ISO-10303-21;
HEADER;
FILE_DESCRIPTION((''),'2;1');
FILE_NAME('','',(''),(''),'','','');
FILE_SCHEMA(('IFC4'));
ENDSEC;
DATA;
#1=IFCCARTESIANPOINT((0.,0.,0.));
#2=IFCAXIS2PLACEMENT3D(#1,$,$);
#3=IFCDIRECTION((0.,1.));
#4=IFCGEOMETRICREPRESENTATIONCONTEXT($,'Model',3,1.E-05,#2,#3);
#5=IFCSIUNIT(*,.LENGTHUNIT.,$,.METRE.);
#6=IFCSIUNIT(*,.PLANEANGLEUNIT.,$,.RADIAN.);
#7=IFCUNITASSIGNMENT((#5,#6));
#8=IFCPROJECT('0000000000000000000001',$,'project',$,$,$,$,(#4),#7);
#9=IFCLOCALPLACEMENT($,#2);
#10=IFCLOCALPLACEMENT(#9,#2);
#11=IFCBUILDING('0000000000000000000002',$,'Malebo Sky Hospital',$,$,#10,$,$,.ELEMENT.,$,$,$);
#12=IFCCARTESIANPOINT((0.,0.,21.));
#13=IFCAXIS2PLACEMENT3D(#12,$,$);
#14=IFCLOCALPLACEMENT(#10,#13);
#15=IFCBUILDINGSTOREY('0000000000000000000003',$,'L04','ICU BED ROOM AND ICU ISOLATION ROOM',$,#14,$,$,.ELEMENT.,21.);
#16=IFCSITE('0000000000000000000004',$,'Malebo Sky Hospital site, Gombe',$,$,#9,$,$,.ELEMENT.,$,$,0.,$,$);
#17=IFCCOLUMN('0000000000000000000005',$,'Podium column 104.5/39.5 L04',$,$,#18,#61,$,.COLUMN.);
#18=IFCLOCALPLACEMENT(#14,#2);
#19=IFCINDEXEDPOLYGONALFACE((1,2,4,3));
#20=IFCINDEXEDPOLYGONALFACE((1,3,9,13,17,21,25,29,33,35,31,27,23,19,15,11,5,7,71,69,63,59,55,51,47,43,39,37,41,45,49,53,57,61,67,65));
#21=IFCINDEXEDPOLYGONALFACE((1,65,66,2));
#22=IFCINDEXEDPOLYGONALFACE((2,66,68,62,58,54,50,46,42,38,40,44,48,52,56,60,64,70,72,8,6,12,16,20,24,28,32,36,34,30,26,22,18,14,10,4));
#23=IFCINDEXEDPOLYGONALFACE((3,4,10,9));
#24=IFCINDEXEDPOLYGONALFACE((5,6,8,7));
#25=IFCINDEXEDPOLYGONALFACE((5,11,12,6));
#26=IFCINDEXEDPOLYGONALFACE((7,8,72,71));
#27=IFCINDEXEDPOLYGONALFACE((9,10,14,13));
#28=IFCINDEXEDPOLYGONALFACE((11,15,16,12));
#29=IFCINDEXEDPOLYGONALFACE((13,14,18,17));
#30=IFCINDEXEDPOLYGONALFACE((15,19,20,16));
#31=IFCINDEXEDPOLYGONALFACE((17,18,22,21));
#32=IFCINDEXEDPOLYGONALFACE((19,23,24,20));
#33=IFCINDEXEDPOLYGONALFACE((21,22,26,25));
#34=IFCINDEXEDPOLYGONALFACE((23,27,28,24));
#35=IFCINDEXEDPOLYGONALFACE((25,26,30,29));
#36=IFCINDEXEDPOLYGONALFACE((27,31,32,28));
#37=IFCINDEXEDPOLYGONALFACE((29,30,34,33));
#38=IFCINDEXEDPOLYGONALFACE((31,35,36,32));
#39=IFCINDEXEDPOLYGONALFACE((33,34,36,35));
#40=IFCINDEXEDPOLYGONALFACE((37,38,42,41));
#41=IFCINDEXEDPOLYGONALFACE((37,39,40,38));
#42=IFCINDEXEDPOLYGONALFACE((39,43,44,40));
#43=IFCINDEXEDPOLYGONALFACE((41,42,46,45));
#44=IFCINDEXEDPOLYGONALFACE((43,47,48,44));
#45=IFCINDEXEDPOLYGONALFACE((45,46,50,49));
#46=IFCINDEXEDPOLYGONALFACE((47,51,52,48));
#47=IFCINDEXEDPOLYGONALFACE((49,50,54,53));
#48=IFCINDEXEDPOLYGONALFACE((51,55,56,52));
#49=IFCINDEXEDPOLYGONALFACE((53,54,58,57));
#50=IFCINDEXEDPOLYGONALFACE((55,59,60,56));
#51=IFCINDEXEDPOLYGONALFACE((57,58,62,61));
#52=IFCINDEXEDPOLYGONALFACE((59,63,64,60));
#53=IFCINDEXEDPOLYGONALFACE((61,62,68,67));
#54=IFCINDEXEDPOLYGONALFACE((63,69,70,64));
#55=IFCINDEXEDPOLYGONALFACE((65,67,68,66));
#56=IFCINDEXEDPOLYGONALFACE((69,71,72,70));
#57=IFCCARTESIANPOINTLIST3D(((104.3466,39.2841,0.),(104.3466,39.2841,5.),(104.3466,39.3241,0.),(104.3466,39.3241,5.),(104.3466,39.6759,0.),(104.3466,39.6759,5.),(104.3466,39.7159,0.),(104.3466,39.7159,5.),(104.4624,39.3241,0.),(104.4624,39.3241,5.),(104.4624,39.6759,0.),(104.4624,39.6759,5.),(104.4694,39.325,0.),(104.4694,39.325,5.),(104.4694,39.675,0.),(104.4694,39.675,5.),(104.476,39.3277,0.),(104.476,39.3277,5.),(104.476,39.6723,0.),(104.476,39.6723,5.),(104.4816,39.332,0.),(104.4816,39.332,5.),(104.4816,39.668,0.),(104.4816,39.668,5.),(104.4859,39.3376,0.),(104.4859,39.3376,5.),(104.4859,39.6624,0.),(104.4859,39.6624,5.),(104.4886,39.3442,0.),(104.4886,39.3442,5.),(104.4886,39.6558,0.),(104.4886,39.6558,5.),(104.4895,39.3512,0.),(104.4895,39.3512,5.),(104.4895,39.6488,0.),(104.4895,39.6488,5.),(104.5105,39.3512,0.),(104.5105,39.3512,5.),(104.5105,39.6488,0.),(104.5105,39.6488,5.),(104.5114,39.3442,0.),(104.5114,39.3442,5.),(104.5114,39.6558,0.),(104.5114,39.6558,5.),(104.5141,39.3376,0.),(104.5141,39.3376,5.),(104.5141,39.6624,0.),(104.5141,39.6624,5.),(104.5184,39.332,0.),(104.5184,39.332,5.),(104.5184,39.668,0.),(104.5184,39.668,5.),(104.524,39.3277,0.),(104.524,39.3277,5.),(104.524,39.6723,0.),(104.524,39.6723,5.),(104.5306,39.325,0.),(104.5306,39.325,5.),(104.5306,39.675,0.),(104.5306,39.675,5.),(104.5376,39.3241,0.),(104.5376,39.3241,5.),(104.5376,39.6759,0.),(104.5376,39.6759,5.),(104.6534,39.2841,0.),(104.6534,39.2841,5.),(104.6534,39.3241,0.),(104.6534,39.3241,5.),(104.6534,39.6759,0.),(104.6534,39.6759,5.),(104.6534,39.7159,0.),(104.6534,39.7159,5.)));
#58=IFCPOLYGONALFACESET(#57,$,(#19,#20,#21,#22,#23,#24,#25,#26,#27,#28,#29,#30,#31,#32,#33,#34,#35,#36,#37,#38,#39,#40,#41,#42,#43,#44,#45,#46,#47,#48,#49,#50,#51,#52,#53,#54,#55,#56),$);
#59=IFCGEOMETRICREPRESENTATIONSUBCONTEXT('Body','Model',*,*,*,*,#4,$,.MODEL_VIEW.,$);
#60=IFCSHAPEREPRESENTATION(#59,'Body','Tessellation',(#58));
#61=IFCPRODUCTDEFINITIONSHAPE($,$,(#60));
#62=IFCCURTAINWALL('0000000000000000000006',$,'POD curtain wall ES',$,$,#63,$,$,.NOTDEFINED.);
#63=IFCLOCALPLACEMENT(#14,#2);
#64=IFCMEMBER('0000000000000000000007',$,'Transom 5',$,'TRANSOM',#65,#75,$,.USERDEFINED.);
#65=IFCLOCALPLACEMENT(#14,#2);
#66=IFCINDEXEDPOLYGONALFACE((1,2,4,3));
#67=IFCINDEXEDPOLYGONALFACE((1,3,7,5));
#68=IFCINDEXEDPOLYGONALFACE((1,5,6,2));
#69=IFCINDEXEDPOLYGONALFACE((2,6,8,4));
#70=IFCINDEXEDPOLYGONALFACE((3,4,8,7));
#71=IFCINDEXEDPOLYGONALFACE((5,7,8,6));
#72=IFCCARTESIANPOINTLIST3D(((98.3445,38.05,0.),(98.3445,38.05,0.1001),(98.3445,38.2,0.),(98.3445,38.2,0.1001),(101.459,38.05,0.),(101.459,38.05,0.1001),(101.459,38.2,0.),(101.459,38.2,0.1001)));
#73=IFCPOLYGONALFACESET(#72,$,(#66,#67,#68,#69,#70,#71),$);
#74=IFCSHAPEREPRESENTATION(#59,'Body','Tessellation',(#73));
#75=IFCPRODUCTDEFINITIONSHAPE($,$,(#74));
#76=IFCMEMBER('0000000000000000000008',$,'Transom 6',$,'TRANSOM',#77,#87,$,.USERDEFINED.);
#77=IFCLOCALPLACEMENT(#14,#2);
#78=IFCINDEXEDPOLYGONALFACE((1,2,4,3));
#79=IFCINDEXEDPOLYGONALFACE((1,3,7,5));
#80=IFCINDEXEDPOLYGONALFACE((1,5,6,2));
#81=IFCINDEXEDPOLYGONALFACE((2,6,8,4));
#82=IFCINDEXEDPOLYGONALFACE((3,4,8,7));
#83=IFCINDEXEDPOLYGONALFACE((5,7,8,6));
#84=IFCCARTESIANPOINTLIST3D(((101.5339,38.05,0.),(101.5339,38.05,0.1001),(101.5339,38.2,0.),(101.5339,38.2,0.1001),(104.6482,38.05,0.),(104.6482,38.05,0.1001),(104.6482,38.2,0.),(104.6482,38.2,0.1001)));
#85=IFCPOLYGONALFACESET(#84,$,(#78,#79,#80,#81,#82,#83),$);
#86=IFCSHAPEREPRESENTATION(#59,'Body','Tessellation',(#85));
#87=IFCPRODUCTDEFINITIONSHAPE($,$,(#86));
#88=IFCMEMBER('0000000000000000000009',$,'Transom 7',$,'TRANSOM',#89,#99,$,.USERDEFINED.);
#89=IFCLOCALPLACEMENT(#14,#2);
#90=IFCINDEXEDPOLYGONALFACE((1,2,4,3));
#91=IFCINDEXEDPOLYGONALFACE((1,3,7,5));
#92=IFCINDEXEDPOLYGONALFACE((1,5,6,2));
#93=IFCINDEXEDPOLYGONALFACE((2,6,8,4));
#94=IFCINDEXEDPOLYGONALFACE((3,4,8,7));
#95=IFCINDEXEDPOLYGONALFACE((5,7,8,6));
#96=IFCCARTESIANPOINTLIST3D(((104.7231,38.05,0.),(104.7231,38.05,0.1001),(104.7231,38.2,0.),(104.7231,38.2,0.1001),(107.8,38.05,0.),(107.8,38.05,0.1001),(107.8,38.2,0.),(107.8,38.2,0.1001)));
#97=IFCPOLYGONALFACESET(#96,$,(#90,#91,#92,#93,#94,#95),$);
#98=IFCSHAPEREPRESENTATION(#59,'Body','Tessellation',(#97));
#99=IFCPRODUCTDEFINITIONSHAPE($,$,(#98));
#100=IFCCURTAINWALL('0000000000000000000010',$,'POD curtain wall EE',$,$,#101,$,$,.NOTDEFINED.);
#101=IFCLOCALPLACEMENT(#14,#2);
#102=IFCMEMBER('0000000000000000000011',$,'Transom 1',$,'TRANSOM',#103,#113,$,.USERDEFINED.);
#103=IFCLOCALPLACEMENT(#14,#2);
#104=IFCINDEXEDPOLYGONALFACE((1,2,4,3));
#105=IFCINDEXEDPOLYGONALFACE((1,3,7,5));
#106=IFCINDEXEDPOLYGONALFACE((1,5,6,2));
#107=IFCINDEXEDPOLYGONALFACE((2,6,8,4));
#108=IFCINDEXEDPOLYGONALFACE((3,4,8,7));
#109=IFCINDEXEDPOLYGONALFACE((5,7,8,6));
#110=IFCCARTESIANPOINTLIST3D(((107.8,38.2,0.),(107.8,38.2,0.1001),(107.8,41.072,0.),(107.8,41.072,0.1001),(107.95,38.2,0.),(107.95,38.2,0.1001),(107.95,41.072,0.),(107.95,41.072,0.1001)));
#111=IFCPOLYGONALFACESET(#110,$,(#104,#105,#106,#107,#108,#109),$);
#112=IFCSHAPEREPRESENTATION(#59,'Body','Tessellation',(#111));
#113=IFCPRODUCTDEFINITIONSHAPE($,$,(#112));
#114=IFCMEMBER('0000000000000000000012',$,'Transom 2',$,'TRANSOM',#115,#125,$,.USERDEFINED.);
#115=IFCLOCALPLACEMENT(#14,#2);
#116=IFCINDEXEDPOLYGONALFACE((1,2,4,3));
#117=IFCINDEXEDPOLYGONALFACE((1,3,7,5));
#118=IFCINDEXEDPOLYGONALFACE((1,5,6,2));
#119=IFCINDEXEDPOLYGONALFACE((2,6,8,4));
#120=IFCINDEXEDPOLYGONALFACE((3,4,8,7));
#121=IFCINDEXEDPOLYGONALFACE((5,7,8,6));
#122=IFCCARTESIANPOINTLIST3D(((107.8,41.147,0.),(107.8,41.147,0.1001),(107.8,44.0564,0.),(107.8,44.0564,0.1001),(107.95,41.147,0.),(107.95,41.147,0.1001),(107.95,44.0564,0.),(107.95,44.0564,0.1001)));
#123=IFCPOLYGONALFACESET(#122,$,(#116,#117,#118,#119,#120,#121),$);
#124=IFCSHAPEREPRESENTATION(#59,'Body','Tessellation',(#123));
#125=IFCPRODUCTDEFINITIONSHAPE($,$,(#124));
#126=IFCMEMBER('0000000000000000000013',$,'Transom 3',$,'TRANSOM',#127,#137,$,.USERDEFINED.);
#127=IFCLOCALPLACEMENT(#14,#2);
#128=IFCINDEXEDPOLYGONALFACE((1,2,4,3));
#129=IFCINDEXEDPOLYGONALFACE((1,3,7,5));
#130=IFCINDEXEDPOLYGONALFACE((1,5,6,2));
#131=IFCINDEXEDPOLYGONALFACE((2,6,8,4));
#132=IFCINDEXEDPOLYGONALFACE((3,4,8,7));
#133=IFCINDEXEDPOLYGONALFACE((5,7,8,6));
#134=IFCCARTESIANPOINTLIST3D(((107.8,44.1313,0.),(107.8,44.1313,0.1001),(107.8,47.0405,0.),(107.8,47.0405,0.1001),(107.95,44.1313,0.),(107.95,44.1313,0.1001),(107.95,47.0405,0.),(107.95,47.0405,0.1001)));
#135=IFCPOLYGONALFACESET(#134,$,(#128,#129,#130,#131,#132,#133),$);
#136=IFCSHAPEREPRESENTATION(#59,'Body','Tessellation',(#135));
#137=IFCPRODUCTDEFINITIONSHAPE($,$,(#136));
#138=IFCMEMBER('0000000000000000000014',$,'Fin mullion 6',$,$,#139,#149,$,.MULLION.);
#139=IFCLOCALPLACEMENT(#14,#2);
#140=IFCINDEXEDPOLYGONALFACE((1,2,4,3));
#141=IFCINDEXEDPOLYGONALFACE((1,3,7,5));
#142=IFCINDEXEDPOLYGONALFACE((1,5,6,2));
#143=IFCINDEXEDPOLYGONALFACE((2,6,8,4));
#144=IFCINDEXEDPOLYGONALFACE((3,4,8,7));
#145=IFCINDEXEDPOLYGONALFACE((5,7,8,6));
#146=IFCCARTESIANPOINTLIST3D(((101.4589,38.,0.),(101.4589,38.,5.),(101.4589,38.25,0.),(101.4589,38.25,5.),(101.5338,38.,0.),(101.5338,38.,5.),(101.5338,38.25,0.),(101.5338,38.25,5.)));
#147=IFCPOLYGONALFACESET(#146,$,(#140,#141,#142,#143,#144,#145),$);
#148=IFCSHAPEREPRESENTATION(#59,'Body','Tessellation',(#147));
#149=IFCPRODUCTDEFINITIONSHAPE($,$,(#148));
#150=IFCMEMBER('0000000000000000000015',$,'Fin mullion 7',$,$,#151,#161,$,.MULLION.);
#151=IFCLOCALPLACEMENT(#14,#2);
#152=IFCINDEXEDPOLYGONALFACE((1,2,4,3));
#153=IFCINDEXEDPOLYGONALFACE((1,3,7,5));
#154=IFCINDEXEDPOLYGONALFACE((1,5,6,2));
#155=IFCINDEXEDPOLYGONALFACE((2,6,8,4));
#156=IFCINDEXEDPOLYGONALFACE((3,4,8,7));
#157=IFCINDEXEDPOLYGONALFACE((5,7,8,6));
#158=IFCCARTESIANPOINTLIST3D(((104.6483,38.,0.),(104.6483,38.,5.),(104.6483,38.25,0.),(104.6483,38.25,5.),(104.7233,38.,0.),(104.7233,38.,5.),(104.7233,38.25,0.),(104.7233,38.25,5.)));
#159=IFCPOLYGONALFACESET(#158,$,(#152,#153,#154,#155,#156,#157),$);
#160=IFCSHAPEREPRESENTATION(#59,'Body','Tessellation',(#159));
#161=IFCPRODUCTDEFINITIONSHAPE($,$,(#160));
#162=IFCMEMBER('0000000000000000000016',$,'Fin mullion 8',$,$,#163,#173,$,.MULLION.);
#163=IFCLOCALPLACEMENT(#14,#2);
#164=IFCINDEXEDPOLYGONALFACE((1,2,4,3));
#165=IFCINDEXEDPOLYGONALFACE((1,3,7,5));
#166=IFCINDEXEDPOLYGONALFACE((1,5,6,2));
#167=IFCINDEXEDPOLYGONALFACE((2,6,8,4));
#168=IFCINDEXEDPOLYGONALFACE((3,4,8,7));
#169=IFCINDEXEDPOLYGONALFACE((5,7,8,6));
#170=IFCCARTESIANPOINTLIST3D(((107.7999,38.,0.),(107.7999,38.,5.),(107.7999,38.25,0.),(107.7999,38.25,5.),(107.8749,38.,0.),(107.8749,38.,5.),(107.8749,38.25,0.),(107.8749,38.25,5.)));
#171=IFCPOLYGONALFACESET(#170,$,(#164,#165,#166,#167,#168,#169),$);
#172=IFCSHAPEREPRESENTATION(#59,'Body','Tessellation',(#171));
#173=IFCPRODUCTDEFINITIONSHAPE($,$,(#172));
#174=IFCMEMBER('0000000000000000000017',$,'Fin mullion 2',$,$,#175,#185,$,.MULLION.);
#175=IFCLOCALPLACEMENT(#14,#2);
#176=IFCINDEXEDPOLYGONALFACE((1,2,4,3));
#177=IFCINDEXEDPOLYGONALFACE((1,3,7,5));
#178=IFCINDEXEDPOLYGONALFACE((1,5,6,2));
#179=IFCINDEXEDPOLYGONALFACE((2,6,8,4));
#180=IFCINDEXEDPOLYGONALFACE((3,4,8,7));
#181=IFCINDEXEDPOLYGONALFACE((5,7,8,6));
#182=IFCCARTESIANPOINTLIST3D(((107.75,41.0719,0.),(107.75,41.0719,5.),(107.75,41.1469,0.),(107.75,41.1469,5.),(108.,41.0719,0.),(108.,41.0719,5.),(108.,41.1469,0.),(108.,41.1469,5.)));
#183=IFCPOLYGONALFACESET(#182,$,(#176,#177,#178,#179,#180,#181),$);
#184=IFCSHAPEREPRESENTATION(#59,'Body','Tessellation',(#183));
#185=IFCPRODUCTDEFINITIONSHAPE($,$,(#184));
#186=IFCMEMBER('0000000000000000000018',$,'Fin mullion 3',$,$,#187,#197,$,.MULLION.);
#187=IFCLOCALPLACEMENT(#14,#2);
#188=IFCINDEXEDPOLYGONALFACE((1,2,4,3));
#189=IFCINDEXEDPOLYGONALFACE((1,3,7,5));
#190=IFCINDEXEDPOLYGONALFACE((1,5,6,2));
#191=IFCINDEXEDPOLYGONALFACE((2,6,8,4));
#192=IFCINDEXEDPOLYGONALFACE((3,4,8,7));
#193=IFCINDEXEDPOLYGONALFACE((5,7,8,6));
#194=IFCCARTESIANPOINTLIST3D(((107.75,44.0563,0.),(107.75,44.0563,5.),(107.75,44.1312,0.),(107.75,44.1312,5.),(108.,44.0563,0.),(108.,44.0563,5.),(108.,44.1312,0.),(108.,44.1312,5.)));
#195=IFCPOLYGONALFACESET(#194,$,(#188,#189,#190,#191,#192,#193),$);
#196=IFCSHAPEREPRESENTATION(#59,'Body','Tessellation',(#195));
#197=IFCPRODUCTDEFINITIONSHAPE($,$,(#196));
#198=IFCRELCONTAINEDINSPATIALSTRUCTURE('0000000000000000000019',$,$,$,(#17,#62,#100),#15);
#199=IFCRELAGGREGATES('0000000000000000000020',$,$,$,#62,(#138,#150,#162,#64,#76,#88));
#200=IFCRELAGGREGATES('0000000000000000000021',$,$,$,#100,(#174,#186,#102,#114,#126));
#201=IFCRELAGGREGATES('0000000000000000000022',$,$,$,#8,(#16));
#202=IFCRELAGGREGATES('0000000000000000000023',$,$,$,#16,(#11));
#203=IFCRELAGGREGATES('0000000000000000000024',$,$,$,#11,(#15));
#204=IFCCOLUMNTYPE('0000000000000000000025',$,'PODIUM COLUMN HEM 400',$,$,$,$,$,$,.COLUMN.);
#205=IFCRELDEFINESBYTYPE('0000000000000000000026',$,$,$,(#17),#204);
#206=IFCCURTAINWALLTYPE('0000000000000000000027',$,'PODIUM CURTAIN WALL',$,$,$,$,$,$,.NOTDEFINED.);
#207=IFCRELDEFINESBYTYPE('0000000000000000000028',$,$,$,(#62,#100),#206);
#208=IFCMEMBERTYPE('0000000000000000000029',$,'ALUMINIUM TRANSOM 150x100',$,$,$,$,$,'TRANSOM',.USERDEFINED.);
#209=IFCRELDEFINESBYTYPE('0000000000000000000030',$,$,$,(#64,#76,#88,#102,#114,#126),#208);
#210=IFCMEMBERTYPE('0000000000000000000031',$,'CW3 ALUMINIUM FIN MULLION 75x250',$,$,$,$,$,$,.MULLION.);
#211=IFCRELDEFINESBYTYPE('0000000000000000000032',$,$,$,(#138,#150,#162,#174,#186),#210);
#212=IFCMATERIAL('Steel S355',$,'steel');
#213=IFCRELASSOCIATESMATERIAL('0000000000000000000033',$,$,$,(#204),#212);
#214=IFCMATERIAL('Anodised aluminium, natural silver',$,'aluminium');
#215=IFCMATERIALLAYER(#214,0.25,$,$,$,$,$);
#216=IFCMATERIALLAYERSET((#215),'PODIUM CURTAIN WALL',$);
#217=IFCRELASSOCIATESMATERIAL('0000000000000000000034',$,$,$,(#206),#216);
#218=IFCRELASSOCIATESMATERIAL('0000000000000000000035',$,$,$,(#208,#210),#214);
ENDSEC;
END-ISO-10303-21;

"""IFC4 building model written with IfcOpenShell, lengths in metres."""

from ifc_helpers import new_model, si_unit, direction, frame, origin, origin_2d, place, context, subcontext, project, spatial, rectangle, i_section, extrude, material, layer, layer_set, material_profile, profile_set, type_object, element, aggregate, save


model = new_model("IFC4")

# Units and contexts
model_context = context("Model", 3, precision=1e-05, world=origin(), true_north=direction((0.0, 1.0)))
body_context = subcontext(model_context, "Body", "Model", "MODEL_VIEW")
ifc_project = project(units=[si_unit("LENGTHUNIT", "METRE"), si_unit("PLANEANGLEUNIT", "RADIAN")], contexts=[model_context])

# Site, building, storey
site_placement = place(None, origin())
site = spatial("IfcSite", under=ifc_project, at=site_placement, Name="Malebo Sky Hospital site, Gombe", CompositionType="ELEMENT", RefElevation=0.0)
building_placement = place(site_placement, origin())
building = spatial("IfcBuilding", under=site, at=building_placement, Name="Malebo Sky Hospital", CompositionType="ELEMENT")
storey_placement = place(building_placement, frame((0.0, 0.0, 21.0)))
storey = spatial("IfcBuildingStorey", under=building, at=storey_placement, Name="L04", Description="ICU BED ROOM AND ICU ISOLATION ROOM", CompositionType="ELEMENT", Elevation=21.0)

# Column
ifc_material_1 = material(Name="Steel S355", Category="steel")
ifc_material_profile_1 = material_profile(ifc_material_1, i_section(OverallWidth=0.3069, OverallDepth=0.4319, WebThickness=0.021, FlangeThickness=0.04, FilletRadius=0.0271, at=origin_2d()), Name="HEM 400")
ifc_profile_set_1 = profile_set([ifc_material_profile_1], Name="Steel S355")
column_type = type_object("IfcColumnType", Name="PODIUM COLUMN HEM 400", PredefinedType="COLUMN", material=ifc_profile_set_1)
column_placement = place(storey_placement, frame((104.5, 39.5, 0.0), z_axis=(0.0, 0.0, 1.0), x_axis=(1.0, 0.0, 0.0)))
element("IfcColumn", 1, at=column_placement, inside=storey, type_object=column_type, Name="Podium column 104.5/39.5 L04", PredefinedType="COLUMN", context=body_context, shape_type="SweptSolid", body=[
    extrude(i_section(OverallWidth=0.3069, OverallDepth=0.4319, WebThickness=0.021, FlangeThickness=0.04, FilletRadius=0.0271, at=origin_2d()), origin(), (0.0, 0.0, 1.0), 5.0),
])

# Curtain walls, members
ifc_material_2 = material(Name="Anodised aluminium, natural silver", Category="aluminium")
ifc_layer_1 = layer(ifc_material_2, 0.25)
ifc_layer_set_1 = layer_set([ifc_layer_1], Name="PODIUM CURTAIN WALL")
curtain_wall_type = type_object("IfcCurtainWallType", Name="PODIUM CURTAIN WALL", PredefinedType="NOTDEFINED", material=ifc_layer_set_1)
curtain_wall_1_placement = place(storey_placement, origin())
curtain_wall_1 = element("IfcCurtainWall", 2, at=curtain_wall_1_placement, inside=storey, type_object=curtain_wall_type, Name="POD curtain wall ES", PredefinedType="NOTDEFINED")
ifc_material_profile_2 = material_profile(ifc_material_2, rectangle(XDim=0.1499, YDim=0.1001, at=origin_2d()), Name="ALUMINIUM TRANSOM 150x100")
ifc_profile_set_2 = profile_set([ifc_material_profile_2], Name="Anodised aluminium, natural silver")
member_type_1 = type_object("IfcMemberType", Name="ALUMINIUM TRANSOM 150x100", ElementType="TRANSOM", PredefinedType="USERDEFINED", material=ifc_profile_set_2)
member_1_placement = place(storey_placement, frame((98.3445, 38.125, 0.05), z_axis=(1.0, 0.0, 0.0), x_axis=(0.0, 1.0, 0.0)))
member_1 = element("IfcMember", 3, at=member_1_placement, type_object=member_type_1, Name="Transom 5", ObjectType="TRANSOM", PredefinedType="USERDEFINED", context=body_context, shape_type="SweptSolid", body=[
    extrude(rectangle(XDim=0.1499, YDim=0.1001, at=origin_2d()), origin(), (0.0, 0.0, 1.0), 3.1145),
])
member_2_placement = place(storey_placement, frame((101.5339, 38.125, 0.05), z_axis=(1.0, 0.0, 0.0), x_axis=(0.0, 1.0, 0.0)))
member_2 = element("IfcMember", 4, at=member_2_placement, type_object=member_type_1, Name="Transom 6", ObjectType="TRANSOM", PredefinedType="USERDEFINED", context=body_context, shape_type="SweptSolid", body=[
    extrude(rectangle(XDim=0.1499, YDim=0.1001, at=origin_2d()), origin(), (0.0, 0.0, 1.0), 3.1143),
])
member_3_placement = place(storey_placement, frame((104.7231, 38.125, 0.05), z_axis=(1.0, 0.0, 0.0), x_axis=(0.0, 1.0, 0.0)))
member_3 = element("IfcMember", 5, at=member_3_placement, type_object=member_type_1, Name="Transom 7", ObjectType="TRANSOM", PredefinedType="USERDEFINED", context=body_context, shape_type="SweptSolid", body=[
    extrude(rectangle(XDim=0.1499, YDim=0.1001, at=origin_2d()), origin(), (0.0, 0.0, 1.0), 3.0769),
])
curtain_wall_2_placement = place(storey_placement, origin())
curtain_wall_2 = element("IfcCurtainWall", 6, at=curtain_wall_2_placement, inside=storey, type_object=curtain_wall_type, Name="POD curtain wall EE", PredefinedType="NOTDEFINED")
member_4_placement = place(storey_placement, frame((107.875, 38.2, 0.05), z_axis=(0.0, 1.0, 0.0), x_axis=(-1.0, 0.0, 0.0)))
member_4 = element("IfcMember", 7, at=member_4_placement, type_object=member_type_1, Name="Transom 1", ObjectType="TRANSOM", PredefinedType="USERDEFINED", context=body_context, shape_type="SweptSolid", body=[
    extrude(rectangle(XDim=0.1499, YDim=0.1001, at=origin_2d()), origin(), (0.0, 0.0, 1.0), 2.8721),
])
member_5_placement = place(storey_placement, frame((107.875, 41.147, 0.05), z_axis=(0.0, 1.0, 0.0), x_axis=(-1.0, 0.0, 0.0)))
member_5 = element("IfcMember", 8, at=member_5_placement, type_object=member_type_1, Name="Transom 2", ObjectType="TRANSOM", PredefinedType="USERDEFINED", context=body_context, shape_type="SweptSolid", body=[
    extrude(rectangle(XDim=0.1499, YDim=0.1001, at=origin_2d()), origin(), (0.0, 0.0, 1.0), 2.9094),
])
member_6_placement = place(storey_placement, frame((107.875, 44.1313, 0.05), z_axis=(0.0, 1.0, 0.0), x_axis=(-1.0, 0.0, 0.0)))
member_6 = element("IfcMember", 9, at=member_6_placement, type_object=member_type_1, Name="Transom 3", ObjectType="TRANSOM", PredefinedType="USERDEFINED", context=body_context, shape_type="SweptSolid", body=[
    extrude(rectangle(XDim=0.1499, YDim=0.1001, at=origin_2d()), origin(), (0.0, 0.0, 1.0), 2.9092),
])

# Members
ifc_material_profile_3 = material_profile(ifc_material_2, rectangle(XDim=0.075, YDim=0.25, at=origin_2d()), Name="CW3 ALUMINIUM FIN MULLION 75x250")
ifc_profile_set_3 = profile_set([ifc_material_profile_3], Name="Anodised aluminium, natural silver")
member_type_2 = type_object("IfcMemberType", Name="CW3 ALUMINIUM FIN MULLION 75x250", PredefinedType="MULLION", material=ifc_profile_set_3)
member_7_placement = place(storey_placement, frame((101.4963, 38.125, 0.0), z_axis=(0.0, 0.0, 1.0), x_axis=(1.0, 0.0, 0.0)))
member_7 = element("IfcMember", 10, at=member_7_placement, type_object=member_type_2, Name="Fin mullion 6", PredefinedType="MULLION", context=body_context, shape_type="SweptSolid", body=[
    extrude(rectangle(XDim=0.075, YDim=0.25, at=origin_2d()), origin(), (0.0, 0.0, 1.0), 5.0),
])
member_8_placement = place(storey_placement, frame((104.6858, 38.125, 0.0), z_axis=(0.0, 0.0, 1.0), x_axis=(1.0, 0.0, 0.0)))
member_8 = element("IfcMember", 11, at=member_8_placement, type_object=member_type_2, Name="Fin mullion 7", PredefinedType="MULLION", context=body_context, shape_type="SweptSolid", body=[
    extrude(rectangle(XDim=0.075, YDim=0.25, at=origin_2d()), origin(), (0.0, 0.0, 1.0), 5.0),
])
member_9_placement = place(storey_placement, frame((107.8374, 38.125, 0.0), z_axis=(0.0, 0.0, 1.0), x_axis=(1.0, 0.0, 0.0)))
member_9 = element("IfcMember", 12, at=member_9_placement, type_object=member_type_2, Name="Fin mullion 8", PredefinedType="MULLION", context=body_context, shape_type="SweptSolid", body=[
    extrude(rectangle(XDim=0.075, YDim=0.25, at=origin_2d()), origin(), (0.0, 0.0, 1.0), 5.0),
])
member_10_placement = place(storey_placement, frame((107.875, 41.1094, 0.0), z_axis=(0.0, 0.0, 1.0), x_axis=(0.0, 1.0, 0.0)))
member_10 = element("IfcMember", 13, at=member_10_placement, type_object=member_type_2, Name="Fin mullion 2", PredefinedType="MULLION", context=body_context, shape_type="SweptSolid", body=[
    extrude(rectangle(XDim=0.075, YDim=0.25, at=origin_2d()), origin(), (0.0, 0.0, 1.0), 5.0),
])
member_11_placement = place(storey_placement, frame((107.875, 44.0938, 0.0), z_axis=(0.0, 0.0, 1.0), x_axis=(0.0, 1.0, 0.0)))
member_11 = element("IfcMember", 14, at=member_11_placement, type_object=member_type_2, Name="Fin mullion 3", PredefinedType="MULLION", context=body_context, shape_type="SweptSolid", body=[
    extrude(rectangle(XDim=0.075, YDim=0.25, at=origin_2d()), origin(), (0.0, 0.0, 1.0), 5.0),
])

aggregate(curtain_wall_1, [member_7, member_8, member_9, member_1, member_2, member_3])
aggregate(curtain_wall_2, [member_10, member_11, member_4, member_5, member_6])

save(model, "model.ifc")
